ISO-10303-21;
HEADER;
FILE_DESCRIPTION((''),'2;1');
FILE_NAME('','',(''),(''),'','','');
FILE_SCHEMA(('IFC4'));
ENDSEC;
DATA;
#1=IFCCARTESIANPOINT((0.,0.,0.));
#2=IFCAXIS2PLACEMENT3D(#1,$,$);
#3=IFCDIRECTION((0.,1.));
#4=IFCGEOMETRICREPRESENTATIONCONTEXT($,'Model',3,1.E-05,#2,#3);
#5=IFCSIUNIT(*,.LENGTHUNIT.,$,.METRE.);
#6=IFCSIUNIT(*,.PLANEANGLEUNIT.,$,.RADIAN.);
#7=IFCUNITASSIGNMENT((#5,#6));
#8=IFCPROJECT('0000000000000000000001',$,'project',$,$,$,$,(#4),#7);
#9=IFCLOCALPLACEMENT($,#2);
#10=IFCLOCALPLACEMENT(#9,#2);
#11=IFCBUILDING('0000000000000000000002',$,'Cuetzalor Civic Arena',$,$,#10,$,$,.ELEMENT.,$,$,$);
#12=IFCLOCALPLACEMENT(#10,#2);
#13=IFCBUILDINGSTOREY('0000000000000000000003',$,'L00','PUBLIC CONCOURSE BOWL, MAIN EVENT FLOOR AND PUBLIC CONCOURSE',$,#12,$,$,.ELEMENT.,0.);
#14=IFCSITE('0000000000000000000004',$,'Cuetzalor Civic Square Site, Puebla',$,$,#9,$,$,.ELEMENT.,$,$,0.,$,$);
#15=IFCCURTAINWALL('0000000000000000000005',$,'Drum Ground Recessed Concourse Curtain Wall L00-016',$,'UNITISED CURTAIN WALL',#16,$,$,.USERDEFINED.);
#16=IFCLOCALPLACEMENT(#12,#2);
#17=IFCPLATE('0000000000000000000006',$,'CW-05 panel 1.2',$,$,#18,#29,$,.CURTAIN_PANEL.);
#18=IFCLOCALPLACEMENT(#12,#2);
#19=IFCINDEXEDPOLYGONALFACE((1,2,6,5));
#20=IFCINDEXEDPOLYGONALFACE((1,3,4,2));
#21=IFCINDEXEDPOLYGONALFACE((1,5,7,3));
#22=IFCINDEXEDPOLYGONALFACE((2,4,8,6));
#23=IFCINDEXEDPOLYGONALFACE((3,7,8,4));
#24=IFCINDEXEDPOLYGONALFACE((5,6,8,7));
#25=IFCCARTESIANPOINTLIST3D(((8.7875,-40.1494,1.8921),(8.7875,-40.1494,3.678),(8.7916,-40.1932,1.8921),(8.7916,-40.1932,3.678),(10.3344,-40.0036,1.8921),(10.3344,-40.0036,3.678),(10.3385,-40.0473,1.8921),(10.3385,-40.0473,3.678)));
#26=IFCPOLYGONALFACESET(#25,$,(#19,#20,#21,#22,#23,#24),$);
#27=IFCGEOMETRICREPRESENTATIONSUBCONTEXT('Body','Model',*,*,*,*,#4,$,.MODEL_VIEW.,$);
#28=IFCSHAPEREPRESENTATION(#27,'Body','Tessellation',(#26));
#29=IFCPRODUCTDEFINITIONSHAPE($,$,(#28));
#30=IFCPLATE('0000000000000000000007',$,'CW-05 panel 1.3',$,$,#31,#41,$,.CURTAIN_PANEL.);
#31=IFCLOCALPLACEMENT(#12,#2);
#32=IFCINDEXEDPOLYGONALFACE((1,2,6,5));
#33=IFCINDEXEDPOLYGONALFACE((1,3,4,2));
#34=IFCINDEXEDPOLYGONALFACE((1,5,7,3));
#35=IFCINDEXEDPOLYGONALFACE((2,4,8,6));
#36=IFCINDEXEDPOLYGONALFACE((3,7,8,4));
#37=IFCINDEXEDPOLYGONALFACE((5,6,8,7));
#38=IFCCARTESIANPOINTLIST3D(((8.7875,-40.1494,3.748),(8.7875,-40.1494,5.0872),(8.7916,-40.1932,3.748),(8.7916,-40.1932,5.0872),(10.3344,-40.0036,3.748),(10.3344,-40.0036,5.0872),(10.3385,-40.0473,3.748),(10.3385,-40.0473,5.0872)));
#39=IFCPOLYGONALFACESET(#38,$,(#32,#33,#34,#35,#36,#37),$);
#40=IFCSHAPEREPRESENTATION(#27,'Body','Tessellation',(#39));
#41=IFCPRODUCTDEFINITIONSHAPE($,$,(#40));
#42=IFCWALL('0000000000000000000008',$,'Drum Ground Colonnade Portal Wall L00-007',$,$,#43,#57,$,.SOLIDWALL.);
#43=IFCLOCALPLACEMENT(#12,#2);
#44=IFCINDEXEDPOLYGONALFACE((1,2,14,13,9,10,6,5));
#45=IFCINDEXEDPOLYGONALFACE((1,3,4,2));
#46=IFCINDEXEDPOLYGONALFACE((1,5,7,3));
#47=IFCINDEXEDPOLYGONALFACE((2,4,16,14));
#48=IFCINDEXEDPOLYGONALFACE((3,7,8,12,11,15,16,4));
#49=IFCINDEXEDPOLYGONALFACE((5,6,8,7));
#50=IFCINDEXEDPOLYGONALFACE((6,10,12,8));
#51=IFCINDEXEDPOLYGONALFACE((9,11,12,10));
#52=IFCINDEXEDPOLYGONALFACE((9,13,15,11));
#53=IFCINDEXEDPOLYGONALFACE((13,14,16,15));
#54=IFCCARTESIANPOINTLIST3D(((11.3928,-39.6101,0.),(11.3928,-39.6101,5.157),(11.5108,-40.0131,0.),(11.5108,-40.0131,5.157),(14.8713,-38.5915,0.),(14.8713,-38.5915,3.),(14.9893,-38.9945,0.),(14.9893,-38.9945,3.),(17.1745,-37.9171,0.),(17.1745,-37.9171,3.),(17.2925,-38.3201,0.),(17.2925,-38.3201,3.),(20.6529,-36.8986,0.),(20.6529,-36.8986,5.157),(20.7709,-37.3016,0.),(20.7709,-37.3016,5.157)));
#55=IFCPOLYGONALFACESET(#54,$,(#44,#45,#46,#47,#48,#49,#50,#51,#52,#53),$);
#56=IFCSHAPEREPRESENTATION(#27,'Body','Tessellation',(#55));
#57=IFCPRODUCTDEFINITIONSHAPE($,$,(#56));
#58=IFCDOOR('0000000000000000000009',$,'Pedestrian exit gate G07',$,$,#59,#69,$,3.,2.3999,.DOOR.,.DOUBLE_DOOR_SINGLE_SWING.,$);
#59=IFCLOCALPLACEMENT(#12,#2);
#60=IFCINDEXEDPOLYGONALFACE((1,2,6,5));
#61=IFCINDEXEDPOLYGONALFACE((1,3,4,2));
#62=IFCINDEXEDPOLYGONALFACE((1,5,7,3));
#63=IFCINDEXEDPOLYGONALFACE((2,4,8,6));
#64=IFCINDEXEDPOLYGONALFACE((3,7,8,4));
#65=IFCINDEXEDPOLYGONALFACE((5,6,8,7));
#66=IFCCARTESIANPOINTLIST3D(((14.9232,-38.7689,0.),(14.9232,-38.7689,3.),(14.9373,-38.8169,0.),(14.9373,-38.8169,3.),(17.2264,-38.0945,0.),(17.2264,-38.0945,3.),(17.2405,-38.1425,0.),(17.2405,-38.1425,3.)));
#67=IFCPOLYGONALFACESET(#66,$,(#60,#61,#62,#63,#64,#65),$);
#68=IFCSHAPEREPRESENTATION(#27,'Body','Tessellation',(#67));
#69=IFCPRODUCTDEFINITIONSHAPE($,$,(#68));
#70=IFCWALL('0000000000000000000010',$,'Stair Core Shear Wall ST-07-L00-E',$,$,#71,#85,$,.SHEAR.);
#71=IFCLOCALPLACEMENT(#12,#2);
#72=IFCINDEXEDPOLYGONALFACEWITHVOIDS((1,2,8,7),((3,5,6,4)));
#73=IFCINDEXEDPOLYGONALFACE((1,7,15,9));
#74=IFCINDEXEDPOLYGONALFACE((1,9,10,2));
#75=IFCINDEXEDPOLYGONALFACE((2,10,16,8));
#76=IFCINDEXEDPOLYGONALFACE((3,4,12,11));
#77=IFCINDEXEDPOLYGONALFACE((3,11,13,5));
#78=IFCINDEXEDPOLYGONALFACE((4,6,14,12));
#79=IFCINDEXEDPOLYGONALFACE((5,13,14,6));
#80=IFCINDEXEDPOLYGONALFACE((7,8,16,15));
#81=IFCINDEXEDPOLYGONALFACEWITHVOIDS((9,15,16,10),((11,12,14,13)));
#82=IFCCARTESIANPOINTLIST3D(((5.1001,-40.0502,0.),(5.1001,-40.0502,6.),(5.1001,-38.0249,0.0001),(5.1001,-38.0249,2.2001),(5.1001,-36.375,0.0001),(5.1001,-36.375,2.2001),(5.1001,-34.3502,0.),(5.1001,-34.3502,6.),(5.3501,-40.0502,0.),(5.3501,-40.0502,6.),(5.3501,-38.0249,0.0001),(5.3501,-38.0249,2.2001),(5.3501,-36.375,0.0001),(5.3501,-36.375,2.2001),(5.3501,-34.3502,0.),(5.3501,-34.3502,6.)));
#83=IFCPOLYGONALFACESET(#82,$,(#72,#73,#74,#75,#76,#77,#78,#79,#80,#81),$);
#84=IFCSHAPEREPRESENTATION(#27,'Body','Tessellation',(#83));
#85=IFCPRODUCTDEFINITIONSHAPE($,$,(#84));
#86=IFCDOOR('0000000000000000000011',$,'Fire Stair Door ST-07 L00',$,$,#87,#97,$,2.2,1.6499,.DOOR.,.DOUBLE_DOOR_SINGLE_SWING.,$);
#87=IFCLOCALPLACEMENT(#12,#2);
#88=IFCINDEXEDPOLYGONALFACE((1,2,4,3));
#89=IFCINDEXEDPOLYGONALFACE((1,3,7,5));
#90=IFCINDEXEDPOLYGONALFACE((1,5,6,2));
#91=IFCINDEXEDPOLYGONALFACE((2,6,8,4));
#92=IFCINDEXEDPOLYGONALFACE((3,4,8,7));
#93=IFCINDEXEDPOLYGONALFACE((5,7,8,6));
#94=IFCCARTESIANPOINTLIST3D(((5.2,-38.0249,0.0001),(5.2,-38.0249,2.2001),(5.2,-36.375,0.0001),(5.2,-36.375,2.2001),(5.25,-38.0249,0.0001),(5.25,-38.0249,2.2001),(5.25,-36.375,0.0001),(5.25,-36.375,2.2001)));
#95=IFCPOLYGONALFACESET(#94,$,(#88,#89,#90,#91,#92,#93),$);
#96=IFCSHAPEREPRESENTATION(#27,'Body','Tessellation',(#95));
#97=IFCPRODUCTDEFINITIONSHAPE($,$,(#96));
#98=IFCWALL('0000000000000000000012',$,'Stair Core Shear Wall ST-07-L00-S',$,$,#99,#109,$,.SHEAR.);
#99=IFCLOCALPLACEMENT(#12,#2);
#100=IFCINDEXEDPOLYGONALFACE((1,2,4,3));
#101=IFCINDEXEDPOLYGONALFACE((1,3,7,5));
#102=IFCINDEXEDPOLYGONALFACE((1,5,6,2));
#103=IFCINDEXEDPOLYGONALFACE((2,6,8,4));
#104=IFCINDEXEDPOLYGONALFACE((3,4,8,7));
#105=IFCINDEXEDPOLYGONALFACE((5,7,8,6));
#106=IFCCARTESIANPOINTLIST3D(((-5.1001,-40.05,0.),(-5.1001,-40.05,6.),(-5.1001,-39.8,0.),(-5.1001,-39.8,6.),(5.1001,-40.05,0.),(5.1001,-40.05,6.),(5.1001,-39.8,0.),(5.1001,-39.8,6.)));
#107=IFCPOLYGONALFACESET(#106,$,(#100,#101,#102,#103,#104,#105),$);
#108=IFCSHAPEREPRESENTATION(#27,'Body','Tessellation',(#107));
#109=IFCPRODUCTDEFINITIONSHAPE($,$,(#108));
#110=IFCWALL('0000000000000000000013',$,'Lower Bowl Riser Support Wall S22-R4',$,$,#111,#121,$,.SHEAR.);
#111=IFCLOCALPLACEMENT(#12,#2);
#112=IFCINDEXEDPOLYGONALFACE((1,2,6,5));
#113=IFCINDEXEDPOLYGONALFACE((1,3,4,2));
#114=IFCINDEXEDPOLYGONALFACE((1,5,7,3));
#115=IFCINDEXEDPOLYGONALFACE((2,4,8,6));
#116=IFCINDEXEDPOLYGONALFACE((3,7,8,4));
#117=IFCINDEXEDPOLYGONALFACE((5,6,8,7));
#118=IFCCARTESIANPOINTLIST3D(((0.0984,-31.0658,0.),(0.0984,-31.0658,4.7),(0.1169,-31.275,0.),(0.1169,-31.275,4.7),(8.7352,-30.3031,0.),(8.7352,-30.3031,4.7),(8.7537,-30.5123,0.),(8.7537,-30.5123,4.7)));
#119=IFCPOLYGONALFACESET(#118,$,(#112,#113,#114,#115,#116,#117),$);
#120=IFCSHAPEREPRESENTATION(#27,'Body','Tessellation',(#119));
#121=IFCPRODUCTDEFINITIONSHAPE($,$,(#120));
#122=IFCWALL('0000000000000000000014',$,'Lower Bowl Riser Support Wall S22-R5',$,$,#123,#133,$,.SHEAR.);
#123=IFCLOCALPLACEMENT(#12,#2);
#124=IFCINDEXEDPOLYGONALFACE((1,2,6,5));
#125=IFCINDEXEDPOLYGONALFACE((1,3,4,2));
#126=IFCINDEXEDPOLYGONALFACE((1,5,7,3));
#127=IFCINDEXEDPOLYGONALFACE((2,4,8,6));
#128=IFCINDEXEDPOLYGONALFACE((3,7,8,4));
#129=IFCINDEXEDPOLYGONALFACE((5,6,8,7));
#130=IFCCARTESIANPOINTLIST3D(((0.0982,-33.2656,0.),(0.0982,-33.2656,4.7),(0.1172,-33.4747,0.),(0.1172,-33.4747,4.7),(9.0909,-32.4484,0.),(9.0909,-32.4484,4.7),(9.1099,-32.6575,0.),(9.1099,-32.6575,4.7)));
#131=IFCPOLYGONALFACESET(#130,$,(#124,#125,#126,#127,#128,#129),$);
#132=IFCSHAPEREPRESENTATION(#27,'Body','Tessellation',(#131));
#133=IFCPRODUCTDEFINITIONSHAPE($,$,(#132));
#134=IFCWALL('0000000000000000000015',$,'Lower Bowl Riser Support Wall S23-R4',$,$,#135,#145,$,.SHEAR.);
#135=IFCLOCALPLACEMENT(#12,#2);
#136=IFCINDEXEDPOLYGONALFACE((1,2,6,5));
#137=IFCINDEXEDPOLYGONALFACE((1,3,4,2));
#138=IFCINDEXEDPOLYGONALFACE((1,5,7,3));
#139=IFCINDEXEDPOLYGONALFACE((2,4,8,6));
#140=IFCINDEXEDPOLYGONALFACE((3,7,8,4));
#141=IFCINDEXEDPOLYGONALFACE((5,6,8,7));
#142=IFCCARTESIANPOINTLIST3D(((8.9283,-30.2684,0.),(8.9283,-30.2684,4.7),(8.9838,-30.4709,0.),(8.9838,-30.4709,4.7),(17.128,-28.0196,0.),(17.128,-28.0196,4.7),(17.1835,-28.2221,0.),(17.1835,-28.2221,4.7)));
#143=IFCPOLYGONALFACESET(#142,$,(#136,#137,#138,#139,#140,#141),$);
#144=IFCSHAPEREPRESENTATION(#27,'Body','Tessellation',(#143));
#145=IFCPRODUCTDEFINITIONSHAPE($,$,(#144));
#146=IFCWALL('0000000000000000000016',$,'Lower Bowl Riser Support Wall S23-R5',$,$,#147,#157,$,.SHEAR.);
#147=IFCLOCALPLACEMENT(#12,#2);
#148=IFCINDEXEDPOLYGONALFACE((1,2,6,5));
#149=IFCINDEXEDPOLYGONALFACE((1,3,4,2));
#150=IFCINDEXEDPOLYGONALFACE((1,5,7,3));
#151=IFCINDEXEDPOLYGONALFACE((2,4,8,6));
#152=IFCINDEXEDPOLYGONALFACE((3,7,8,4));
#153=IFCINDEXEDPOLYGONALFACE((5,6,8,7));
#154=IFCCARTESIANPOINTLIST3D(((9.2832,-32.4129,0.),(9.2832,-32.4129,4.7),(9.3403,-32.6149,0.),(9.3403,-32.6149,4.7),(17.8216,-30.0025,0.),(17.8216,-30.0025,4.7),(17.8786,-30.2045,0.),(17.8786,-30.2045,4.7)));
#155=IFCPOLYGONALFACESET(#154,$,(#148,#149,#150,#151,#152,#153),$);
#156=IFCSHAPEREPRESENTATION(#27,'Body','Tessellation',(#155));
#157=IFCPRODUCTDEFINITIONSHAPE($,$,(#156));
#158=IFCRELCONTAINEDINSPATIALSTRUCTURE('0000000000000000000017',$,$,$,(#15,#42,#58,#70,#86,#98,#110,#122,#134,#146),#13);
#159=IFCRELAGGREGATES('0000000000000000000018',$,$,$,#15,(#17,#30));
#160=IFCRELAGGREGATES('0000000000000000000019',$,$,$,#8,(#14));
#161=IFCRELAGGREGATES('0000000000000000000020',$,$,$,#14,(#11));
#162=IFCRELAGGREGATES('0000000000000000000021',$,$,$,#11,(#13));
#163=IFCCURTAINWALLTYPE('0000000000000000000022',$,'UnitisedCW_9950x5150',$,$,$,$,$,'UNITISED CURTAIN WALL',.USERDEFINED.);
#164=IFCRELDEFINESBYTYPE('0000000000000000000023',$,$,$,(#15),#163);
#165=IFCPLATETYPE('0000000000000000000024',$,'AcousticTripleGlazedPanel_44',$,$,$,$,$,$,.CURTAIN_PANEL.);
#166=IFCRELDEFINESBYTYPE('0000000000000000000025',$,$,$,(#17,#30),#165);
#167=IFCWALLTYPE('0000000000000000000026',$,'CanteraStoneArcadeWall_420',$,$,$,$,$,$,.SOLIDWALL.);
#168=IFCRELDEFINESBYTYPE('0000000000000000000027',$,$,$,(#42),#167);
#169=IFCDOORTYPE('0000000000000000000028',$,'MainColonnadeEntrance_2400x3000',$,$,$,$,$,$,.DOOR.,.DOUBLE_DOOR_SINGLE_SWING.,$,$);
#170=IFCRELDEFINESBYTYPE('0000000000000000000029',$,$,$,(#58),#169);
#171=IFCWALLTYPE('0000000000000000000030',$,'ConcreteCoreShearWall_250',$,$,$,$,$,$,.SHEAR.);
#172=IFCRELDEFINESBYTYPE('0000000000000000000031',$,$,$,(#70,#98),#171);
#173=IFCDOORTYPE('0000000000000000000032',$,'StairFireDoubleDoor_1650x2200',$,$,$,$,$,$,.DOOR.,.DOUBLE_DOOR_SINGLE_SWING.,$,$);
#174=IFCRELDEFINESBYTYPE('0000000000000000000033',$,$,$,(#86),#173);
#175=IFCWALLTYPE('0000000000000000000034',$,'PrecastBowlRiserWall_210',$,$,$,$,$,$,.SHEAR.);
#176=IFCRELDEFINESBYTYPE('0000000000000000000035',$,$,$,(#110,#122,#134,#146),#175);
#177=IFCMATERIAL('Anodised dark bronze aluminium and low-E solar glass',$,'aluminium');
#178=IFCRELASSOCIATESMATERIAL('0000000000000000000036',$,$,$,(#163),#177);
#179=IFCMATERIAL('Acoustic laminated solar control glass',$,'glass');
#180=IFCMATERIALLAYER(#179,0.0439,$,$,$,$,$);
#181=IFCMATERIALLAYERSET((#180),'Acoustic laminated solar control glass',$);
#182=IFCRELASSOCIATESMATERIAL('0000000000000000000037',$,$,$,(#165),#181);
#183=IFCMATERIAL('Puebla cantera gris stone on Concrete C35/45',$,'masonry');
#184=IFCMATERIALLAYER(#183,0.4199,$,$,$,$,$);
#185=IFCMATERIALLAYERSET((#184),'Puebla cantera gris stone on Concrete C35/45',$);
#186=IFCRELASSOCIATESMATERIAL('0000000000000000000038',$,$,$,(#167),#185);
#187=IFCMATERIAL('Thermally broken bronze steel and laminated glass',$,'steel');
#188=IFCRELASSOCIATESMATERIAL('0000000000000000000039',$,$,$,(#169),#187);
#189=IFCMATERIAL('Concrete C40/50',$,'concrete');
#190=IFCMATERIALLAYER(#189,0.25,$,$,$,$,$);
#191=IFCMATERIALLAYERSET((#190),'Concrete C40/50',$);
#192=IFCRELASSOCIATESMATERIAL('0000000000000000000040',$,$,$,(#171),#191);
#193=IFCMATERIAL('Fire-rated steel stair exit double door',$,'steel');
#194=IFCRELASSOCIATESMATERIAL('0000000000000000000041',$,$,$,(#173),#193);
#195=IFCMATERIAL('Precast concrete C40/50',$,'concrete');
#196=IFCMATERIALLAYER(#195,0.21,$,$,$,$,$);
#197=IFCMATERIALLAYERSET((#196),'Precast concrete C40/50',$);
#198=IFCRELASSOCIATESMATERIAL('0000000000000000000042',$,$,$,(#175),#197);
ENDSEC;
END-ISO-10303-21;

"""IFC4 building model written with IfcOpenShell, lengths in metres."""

from ifc_helpers import new_model, si_unit, direction, frame, frame_2d, origin, origin_2d, place, context, subcontext, project, spatial, rectangle, extrude, material, layer, layer_set, type_object, element, fill, aggregate, save


model = new_model("IFC4")

# Units and contexts
model_context = context("Model", 3, precision=1e-05, world=origin(), true_north=direction((0.0, 1.0)))
body_context = subcontext(model_context, "Body", "Model", "MODEL_VIEW")
ifc_project = project(units=[si_unit("LENGTHUNIT", "METRE"), si_unit("PLANEANGLEUNIT", "RADIAN")], contexts=[model_context])

# Site, building, storey
site_placement = place(None, origin())
site = spatial("IfcSite", under=ifc_project, at=site_placement, Name="Cuetzalor Civic Square Site, Puebla", CompositionType="ELEMENT", RefElevation=0.0)
building_placement = place(site_placement, origin())
building = spatial("IfcBuilding", under=site, at=building_placement, Name="Cuetzalor Civic Arena", CompositionType="ELEMENT")
storey_placement = place(building_placement, origin())
storey = spatial("IfcBuildingStorey", under=building, at=storey_placement, Name="L00", Description="PUBLIC CONCOURSE BOWL, MAIN EVENT FLOOR AND PUBLIC CONCOURSE", CompositionType="ELEMENT", Elevation=0.0)

# Curtain wall
ifc_material_1 = material(Name="Anodised dark bronze aluminium and low-E solar glass", Category="aluminium")
curtain_wall_type = type_object("IfcCurtainWallType", Name="UnitisedCW_9950x5150", ElementType="UNITISED CURTAIN WALL", PredefinedType="USERDEFINED", material=ifc_material_1)
curtain_wall_placement = place(storey_placement, origin())
curtain_wall = element("IfcCurtainWall", 1, at=curtain_wall_placement, inside=storey, type_object=curtain_wall_type, Name="Drum Ground Recessed Concourse Curtain Wall L00-016", ObjectType="UNITISED CURTAIN WALL", PredefinedType="USERDEFINED")

# Plates
ifc_material_2 = material(Name="Acoustic laminated solar control glass", Category="glass")
ifc_layer_1 = layer(ifc_material_2, 0.0439)
ifc_layer_set_1 = layer_set([ifc_layer_1], Name="Acoustic laminated solar control glass")
plate_type = type_object("IfcPlateType", Name="AcousticTripleGlazedPanel_44", PredefinedType="CURTAIN_PANEL", material=ifc_layer_set_1)
plate_1_placement = place(storey_placement, frame((9.563, -40.0984, 1.8921), z_axis=(0.0, 0.0, 1.0), x_axis=(-0.995585, -0.093863, 0.0)))
plate_1 = element("IfcPlate", 2, at=plate_1_placement, type_object=plate_type, Name="CW-05 panel 1.2", PredefinedType="CURTAIN_PANEL", context=body_context, shape_type="SweptSolid", body=[
    extrude(rectangle(XDim=1.5537, YDim=0.0439, at=origin_2d()), origin(), (0.0, 0.0, 1.0), 1.7859),
])
plate_2_placement = place(storey_placement, frame((9.563, -40.0984, 3.748), z_axis=(0.0, 0.0, 1.0), x_axis=(-0.995585, -0.093863, 0.0)))
plate_2 = element("IfcPlate", 3, at=plate_2_placement, type_object=plate_type, Name="CW-05 panel 1.3", PredefinedType="CURTAIN_PANEL", context=body_context, shape_type="SweptSolid", body=[
    extrude(rectangle(XDim=1.5537, YDim=0.0439, at=origin_2d()), origin(), (0.0, 0.0, 1.0), 1.3391),
])
aggregate(curtain_wall, [plate_1, plate_2])

# Walls, openings, doors
ifc_material_3 = material(Name="Puebla cantera gris stone on Concrete C35/45", Category="masonry")
ifc_layer_2 = layer(ifc_material_3, 0.4199)
ifc_layer_set_2 = layer_set([ifc_layer_2], Name="Puebla cantera gris stone on Concrete C35/45")
wall_type_1 = type_object("IfcWallType", Name="CanteraStoneArcadeWall_420", PredefinedType="SOLIDWALL", material=ifc_layer_set_2)
wall_1_placement = place(storey_placement, frame((20.7119, -37.1001, 0.0), z_axis=(0.0, 0.0, 1.0), x_axis=(-0.959704, -0.281011, 0.0)))
wall_1 = element("IfcWall", 4, at=wall_1_placement, inside=storey, type_object=wall_type_1, Name="Drum Ground Colonnade Portal Wall L00-007", PredefinedType="SOLIDWALL", context=body_context, shape_type="SweptSolid", body=[
    extrude(rectangle(XDim=9.6489, YDim=0.4199, at=frame_2d((4.8245, 0.0))), origin(), (0.0, 0.0, 1.0), 5.157),
])
opening_1_placement = place(wall_1_placement, frame((3.6245, 0.0, 0.0)))
opening_1 = element("IfcOpeningElement", 5, at=opening_1_placement, cuts=wall_1, PredefinedType="OPENING", context=body_context, shape_type="SweptSolid", body=[
    extrude(rectangle(XDim=2.3999, YDim=3.0, at=frame_2d((1.2, 1.5))), frame((0.0, 0.22, 0.0), z_axis=(0.0, -1.0, 0.0), x_axis=(1.0, 0.0, 0.0)), (0.0, 0.0, 1.0), 0.4399),
])
ifc_material_4 = material(Name="Thermally broken bronze steel and laminated glass", Category="steel")
door_type_1 = type_object("IfcDoorType", Name="MainColonnadeEntrance_2400x3000", OperationType="DOUBLE_DOOR_SINGLE_SWING", PredefinedType="DOOR", material=ifc_material_4)
door_1_placement = place(opening_1_placement, origin())
door_1 = element("IfcDoor", 6, at=door_1_placement, inside=storey, type_object=door_type_1, Name="Pedestrian exit gate G07", OperationType="DOUBLE_DOOR_SINGLE_SWING", OverallHeight=3.0, OverallWidth=2.3999, PredefinedType="DOOR", context=body_context, shape_type="SweptSolid", body=[
    extrude(rectangle(XDim=2.3999, YDim=3.0, at=frame_2d((1.2, 1.5))), frame((0.0, 0.0249, 0.0), z_axis=(0.0, -1.0, 0.0), x_axis=(1.0, 0.0, 0.0)), (0.0, 0.0, 1.0), 0.05),
])
fill(opening_1, door_1)
ifc_material_5 = material(Name="Concrete C40/50", Category="concrete")
ifc_layer_3 = layer(ifc_material_5, 0.25)
ifc_layer_set_3 = layer_set([ifc_layer_3], Name="Concrete C40/50")
wall_type_2 = type_object("IfcWallType", Name="ConcreteCoreShearWall_250", PredefinedType="SHEAR", material=ifc_layer_set_3)
wall_2_placement = place(storey_placement, frame((5.2251, -34.3501, 0.0), z_axis=(0.0, 0.0, 1.0), x_axis=(0.0, -1.0, 0.0)))
wall_2 = element("IfcWall", 7, at=wall_2_placement, inside=storey, type_object=wall_type_2, Name="Stair Core Shear Wall ST-07-L00-E", PredefinedType="SHEAR", context=body_context, shape_type="SweptSolid", body=[
    extrude(rectangle(XDim=5.7, YDim=0.25, at=frame_2d((2.8501, 0.0))), origin(), (0.0, 0.0, 1.0), 6.0),
])
opening_2_placement = place(wall_2_placement, frame((2.0249, 0.0, 0.0)))
opening_2 = element("IfcOpeningElement", 8, at=opening_2_placement, cuts=wall_2, PredefinedType="OPENING", context=body_context, shape_type="SweptSolid", body=[
    extrude(rectangle(XDim=1.6499, YDim=2.2, at=frame_2d((0.825, 1.1001))), frame((0.0, 0.135, 0.0), z_axis=(0.0, -1.0, 0.0), x_axis=(1.0, 0.0, 0.0)), (0.0, 0.0, 1.0), 0.27),
])
ifc_material_6 = material(Name="Fire-rated steel stair exit double door", Category="steel")
door_type_2 = type_object("IfcDoorType", Name="StairFireDoubleDoor_1650x2200", OperationType="DOUBLE_DOOR_SINGLE_SWING", PredefinedType="DOOR", material=ifc_material_6)
door_2_placement = place(opening_2_placement, origin())
door_2 = element("IfcDoor", 9, at=door_2_placement, inside=storey, type_object=door_type_2, Name="Fire Stair Door ST-07 L00", OperationType="DOUBLE_DOOR_SINGLE_SWING", OverallHeight=2.2, OverallWidth=1.6499, PredefinedType="DOOR", context=body_context, shape_type="SweptSolid", body=[
    extrude(rectangle(XDim=1.6499, YDim=2.2, at=frame_2d((0.825, 1.1001))), frame((0.0, 0.0249, 0.0), z_axis=(0.0, -1.0, 0.0), x_axis=(1.0, 0.0, 0.0)), (0.0, 0.0, 1.0), 0.05),
])
fill(opening_2, door_2)

# Walls
wall_3_placement = place(storey_placement, frame((5.1001, -39.925, 0.0), z_axis=(0.0, 0.0, 1.0), x_axis=(-1.0, 0.0, 0.0)))
element("IfcWall", 10, at=wall_3_placement, inside=storey, type_object=wall_type_2, Name="Stair Core Shear Wall ST-07-L00-S", PredefinedType="SHEAR", context=body_context, shape_type="SweptSolid", body=[
    extrude(rectangle(XDim=10.2002, YDim=0.25, at=frame_2d((5.1001, 0.0))), origin(), (0.0, 0.0, 1.0), 6.0),
])
ifc_material_7 = material(Name="Precast concrete C40/50", Category="concrete")
ifc_layer_4 = layer(ifc_material_7, 0.21)
ifc_layer_set_4 = layer_set([ifc_layer_4], Name="Precast concrete C40/50")
wall_type_3 = type_object("IfcWallType", Name="PrecastBowlRiserWall_210", PredefinedType="SHEAR", material=ifc_layer_set_4)
wall_4_placement = place(storey_placement, frame((0.1077, -31.1704, 0.0), z_axis=(0.0, 0.0, 1.0), x_axis=(0.996123, 0.087966, 0.0)))
element("IfcWall", 11, at=wall_4_placement, inside=storey, type_object=wall_type_3, Name="Lower Bowl Riser Support Wall S22-R4", PredefinedType="SHEAR", context=body_context, shape_type="SweptSolid", body=[
    extrude(rectangle(XDim=8.6704, YDim=0.21, at=frame_2d((4.3352, 0.0))), origin(), (0.0, 0.0, 1.0), 4.7),
])
wall_5_placement = place(storey_placement, frame((0.1077, -33.3701, 0.0), z_axis=(0.0, 0.0, 1.0), x_axis=(0.995897, 0.090494, 0.0)))
element("IfcWall", 12, at=wall_5_placement, inside=storey, type_object=wall_type_3, Name="Lower Bowl Riser Support Wall S22-R5", PredefinedType="SHEAR", context=body_context, shape_type="SweptSolid", body=[
    extrude(rectangle(XDim=9.0298, YDim=0.21, at=frame_2d((4.5149, 0.0))), origin(), (0.0, 0.0, 1.0), 4.7),
])
wall_6_placement = place(storey_placement, frame((8.9561, -30.3696, 0.0), z_axis=(0.0, 0.0, 1.0), x_axis=(0.96439, 0.264485, 0.0)))
element("IfcWall", 13, at=wall_6_placement, inside=storey, type_object=wall_type_3, Name="Lower Bowl Riser Support Wall S23-R4", PredefinedType="SHEAR", context=body_context, shape_type="SweptSolid", body=[
    extrude(rectangle(XDim=8.5024, YDim=0.21, at=frame_2d((4.2512, 0.0))), origin(), (0.0, 0.0, 1.0), 4.7),
])
wall_7_placement = place(storey_placement, frame((9.3118, -32.5139, 0.0), z_axis=(0.0, 0.0, 1.0), x_axis=(0.962386, 0.271685, 0.0)))
element("IfcWall", 14, at=wall_7_placement, inside=storey, type_object=wall_type_3, Name="Lower Bowl Riser Support Wall S23-R5", PredefinedType="SHEAR", context=body_context, shape_type="SweptSolid", body=[
    extrude(rectangle(XDim=8.8721, YDim=0.21, at=frame_2d((4.436, 0.0))), origin(), (0.0, 0.0, 1.0), 4.7),
])

save(model, "model.ifc")
